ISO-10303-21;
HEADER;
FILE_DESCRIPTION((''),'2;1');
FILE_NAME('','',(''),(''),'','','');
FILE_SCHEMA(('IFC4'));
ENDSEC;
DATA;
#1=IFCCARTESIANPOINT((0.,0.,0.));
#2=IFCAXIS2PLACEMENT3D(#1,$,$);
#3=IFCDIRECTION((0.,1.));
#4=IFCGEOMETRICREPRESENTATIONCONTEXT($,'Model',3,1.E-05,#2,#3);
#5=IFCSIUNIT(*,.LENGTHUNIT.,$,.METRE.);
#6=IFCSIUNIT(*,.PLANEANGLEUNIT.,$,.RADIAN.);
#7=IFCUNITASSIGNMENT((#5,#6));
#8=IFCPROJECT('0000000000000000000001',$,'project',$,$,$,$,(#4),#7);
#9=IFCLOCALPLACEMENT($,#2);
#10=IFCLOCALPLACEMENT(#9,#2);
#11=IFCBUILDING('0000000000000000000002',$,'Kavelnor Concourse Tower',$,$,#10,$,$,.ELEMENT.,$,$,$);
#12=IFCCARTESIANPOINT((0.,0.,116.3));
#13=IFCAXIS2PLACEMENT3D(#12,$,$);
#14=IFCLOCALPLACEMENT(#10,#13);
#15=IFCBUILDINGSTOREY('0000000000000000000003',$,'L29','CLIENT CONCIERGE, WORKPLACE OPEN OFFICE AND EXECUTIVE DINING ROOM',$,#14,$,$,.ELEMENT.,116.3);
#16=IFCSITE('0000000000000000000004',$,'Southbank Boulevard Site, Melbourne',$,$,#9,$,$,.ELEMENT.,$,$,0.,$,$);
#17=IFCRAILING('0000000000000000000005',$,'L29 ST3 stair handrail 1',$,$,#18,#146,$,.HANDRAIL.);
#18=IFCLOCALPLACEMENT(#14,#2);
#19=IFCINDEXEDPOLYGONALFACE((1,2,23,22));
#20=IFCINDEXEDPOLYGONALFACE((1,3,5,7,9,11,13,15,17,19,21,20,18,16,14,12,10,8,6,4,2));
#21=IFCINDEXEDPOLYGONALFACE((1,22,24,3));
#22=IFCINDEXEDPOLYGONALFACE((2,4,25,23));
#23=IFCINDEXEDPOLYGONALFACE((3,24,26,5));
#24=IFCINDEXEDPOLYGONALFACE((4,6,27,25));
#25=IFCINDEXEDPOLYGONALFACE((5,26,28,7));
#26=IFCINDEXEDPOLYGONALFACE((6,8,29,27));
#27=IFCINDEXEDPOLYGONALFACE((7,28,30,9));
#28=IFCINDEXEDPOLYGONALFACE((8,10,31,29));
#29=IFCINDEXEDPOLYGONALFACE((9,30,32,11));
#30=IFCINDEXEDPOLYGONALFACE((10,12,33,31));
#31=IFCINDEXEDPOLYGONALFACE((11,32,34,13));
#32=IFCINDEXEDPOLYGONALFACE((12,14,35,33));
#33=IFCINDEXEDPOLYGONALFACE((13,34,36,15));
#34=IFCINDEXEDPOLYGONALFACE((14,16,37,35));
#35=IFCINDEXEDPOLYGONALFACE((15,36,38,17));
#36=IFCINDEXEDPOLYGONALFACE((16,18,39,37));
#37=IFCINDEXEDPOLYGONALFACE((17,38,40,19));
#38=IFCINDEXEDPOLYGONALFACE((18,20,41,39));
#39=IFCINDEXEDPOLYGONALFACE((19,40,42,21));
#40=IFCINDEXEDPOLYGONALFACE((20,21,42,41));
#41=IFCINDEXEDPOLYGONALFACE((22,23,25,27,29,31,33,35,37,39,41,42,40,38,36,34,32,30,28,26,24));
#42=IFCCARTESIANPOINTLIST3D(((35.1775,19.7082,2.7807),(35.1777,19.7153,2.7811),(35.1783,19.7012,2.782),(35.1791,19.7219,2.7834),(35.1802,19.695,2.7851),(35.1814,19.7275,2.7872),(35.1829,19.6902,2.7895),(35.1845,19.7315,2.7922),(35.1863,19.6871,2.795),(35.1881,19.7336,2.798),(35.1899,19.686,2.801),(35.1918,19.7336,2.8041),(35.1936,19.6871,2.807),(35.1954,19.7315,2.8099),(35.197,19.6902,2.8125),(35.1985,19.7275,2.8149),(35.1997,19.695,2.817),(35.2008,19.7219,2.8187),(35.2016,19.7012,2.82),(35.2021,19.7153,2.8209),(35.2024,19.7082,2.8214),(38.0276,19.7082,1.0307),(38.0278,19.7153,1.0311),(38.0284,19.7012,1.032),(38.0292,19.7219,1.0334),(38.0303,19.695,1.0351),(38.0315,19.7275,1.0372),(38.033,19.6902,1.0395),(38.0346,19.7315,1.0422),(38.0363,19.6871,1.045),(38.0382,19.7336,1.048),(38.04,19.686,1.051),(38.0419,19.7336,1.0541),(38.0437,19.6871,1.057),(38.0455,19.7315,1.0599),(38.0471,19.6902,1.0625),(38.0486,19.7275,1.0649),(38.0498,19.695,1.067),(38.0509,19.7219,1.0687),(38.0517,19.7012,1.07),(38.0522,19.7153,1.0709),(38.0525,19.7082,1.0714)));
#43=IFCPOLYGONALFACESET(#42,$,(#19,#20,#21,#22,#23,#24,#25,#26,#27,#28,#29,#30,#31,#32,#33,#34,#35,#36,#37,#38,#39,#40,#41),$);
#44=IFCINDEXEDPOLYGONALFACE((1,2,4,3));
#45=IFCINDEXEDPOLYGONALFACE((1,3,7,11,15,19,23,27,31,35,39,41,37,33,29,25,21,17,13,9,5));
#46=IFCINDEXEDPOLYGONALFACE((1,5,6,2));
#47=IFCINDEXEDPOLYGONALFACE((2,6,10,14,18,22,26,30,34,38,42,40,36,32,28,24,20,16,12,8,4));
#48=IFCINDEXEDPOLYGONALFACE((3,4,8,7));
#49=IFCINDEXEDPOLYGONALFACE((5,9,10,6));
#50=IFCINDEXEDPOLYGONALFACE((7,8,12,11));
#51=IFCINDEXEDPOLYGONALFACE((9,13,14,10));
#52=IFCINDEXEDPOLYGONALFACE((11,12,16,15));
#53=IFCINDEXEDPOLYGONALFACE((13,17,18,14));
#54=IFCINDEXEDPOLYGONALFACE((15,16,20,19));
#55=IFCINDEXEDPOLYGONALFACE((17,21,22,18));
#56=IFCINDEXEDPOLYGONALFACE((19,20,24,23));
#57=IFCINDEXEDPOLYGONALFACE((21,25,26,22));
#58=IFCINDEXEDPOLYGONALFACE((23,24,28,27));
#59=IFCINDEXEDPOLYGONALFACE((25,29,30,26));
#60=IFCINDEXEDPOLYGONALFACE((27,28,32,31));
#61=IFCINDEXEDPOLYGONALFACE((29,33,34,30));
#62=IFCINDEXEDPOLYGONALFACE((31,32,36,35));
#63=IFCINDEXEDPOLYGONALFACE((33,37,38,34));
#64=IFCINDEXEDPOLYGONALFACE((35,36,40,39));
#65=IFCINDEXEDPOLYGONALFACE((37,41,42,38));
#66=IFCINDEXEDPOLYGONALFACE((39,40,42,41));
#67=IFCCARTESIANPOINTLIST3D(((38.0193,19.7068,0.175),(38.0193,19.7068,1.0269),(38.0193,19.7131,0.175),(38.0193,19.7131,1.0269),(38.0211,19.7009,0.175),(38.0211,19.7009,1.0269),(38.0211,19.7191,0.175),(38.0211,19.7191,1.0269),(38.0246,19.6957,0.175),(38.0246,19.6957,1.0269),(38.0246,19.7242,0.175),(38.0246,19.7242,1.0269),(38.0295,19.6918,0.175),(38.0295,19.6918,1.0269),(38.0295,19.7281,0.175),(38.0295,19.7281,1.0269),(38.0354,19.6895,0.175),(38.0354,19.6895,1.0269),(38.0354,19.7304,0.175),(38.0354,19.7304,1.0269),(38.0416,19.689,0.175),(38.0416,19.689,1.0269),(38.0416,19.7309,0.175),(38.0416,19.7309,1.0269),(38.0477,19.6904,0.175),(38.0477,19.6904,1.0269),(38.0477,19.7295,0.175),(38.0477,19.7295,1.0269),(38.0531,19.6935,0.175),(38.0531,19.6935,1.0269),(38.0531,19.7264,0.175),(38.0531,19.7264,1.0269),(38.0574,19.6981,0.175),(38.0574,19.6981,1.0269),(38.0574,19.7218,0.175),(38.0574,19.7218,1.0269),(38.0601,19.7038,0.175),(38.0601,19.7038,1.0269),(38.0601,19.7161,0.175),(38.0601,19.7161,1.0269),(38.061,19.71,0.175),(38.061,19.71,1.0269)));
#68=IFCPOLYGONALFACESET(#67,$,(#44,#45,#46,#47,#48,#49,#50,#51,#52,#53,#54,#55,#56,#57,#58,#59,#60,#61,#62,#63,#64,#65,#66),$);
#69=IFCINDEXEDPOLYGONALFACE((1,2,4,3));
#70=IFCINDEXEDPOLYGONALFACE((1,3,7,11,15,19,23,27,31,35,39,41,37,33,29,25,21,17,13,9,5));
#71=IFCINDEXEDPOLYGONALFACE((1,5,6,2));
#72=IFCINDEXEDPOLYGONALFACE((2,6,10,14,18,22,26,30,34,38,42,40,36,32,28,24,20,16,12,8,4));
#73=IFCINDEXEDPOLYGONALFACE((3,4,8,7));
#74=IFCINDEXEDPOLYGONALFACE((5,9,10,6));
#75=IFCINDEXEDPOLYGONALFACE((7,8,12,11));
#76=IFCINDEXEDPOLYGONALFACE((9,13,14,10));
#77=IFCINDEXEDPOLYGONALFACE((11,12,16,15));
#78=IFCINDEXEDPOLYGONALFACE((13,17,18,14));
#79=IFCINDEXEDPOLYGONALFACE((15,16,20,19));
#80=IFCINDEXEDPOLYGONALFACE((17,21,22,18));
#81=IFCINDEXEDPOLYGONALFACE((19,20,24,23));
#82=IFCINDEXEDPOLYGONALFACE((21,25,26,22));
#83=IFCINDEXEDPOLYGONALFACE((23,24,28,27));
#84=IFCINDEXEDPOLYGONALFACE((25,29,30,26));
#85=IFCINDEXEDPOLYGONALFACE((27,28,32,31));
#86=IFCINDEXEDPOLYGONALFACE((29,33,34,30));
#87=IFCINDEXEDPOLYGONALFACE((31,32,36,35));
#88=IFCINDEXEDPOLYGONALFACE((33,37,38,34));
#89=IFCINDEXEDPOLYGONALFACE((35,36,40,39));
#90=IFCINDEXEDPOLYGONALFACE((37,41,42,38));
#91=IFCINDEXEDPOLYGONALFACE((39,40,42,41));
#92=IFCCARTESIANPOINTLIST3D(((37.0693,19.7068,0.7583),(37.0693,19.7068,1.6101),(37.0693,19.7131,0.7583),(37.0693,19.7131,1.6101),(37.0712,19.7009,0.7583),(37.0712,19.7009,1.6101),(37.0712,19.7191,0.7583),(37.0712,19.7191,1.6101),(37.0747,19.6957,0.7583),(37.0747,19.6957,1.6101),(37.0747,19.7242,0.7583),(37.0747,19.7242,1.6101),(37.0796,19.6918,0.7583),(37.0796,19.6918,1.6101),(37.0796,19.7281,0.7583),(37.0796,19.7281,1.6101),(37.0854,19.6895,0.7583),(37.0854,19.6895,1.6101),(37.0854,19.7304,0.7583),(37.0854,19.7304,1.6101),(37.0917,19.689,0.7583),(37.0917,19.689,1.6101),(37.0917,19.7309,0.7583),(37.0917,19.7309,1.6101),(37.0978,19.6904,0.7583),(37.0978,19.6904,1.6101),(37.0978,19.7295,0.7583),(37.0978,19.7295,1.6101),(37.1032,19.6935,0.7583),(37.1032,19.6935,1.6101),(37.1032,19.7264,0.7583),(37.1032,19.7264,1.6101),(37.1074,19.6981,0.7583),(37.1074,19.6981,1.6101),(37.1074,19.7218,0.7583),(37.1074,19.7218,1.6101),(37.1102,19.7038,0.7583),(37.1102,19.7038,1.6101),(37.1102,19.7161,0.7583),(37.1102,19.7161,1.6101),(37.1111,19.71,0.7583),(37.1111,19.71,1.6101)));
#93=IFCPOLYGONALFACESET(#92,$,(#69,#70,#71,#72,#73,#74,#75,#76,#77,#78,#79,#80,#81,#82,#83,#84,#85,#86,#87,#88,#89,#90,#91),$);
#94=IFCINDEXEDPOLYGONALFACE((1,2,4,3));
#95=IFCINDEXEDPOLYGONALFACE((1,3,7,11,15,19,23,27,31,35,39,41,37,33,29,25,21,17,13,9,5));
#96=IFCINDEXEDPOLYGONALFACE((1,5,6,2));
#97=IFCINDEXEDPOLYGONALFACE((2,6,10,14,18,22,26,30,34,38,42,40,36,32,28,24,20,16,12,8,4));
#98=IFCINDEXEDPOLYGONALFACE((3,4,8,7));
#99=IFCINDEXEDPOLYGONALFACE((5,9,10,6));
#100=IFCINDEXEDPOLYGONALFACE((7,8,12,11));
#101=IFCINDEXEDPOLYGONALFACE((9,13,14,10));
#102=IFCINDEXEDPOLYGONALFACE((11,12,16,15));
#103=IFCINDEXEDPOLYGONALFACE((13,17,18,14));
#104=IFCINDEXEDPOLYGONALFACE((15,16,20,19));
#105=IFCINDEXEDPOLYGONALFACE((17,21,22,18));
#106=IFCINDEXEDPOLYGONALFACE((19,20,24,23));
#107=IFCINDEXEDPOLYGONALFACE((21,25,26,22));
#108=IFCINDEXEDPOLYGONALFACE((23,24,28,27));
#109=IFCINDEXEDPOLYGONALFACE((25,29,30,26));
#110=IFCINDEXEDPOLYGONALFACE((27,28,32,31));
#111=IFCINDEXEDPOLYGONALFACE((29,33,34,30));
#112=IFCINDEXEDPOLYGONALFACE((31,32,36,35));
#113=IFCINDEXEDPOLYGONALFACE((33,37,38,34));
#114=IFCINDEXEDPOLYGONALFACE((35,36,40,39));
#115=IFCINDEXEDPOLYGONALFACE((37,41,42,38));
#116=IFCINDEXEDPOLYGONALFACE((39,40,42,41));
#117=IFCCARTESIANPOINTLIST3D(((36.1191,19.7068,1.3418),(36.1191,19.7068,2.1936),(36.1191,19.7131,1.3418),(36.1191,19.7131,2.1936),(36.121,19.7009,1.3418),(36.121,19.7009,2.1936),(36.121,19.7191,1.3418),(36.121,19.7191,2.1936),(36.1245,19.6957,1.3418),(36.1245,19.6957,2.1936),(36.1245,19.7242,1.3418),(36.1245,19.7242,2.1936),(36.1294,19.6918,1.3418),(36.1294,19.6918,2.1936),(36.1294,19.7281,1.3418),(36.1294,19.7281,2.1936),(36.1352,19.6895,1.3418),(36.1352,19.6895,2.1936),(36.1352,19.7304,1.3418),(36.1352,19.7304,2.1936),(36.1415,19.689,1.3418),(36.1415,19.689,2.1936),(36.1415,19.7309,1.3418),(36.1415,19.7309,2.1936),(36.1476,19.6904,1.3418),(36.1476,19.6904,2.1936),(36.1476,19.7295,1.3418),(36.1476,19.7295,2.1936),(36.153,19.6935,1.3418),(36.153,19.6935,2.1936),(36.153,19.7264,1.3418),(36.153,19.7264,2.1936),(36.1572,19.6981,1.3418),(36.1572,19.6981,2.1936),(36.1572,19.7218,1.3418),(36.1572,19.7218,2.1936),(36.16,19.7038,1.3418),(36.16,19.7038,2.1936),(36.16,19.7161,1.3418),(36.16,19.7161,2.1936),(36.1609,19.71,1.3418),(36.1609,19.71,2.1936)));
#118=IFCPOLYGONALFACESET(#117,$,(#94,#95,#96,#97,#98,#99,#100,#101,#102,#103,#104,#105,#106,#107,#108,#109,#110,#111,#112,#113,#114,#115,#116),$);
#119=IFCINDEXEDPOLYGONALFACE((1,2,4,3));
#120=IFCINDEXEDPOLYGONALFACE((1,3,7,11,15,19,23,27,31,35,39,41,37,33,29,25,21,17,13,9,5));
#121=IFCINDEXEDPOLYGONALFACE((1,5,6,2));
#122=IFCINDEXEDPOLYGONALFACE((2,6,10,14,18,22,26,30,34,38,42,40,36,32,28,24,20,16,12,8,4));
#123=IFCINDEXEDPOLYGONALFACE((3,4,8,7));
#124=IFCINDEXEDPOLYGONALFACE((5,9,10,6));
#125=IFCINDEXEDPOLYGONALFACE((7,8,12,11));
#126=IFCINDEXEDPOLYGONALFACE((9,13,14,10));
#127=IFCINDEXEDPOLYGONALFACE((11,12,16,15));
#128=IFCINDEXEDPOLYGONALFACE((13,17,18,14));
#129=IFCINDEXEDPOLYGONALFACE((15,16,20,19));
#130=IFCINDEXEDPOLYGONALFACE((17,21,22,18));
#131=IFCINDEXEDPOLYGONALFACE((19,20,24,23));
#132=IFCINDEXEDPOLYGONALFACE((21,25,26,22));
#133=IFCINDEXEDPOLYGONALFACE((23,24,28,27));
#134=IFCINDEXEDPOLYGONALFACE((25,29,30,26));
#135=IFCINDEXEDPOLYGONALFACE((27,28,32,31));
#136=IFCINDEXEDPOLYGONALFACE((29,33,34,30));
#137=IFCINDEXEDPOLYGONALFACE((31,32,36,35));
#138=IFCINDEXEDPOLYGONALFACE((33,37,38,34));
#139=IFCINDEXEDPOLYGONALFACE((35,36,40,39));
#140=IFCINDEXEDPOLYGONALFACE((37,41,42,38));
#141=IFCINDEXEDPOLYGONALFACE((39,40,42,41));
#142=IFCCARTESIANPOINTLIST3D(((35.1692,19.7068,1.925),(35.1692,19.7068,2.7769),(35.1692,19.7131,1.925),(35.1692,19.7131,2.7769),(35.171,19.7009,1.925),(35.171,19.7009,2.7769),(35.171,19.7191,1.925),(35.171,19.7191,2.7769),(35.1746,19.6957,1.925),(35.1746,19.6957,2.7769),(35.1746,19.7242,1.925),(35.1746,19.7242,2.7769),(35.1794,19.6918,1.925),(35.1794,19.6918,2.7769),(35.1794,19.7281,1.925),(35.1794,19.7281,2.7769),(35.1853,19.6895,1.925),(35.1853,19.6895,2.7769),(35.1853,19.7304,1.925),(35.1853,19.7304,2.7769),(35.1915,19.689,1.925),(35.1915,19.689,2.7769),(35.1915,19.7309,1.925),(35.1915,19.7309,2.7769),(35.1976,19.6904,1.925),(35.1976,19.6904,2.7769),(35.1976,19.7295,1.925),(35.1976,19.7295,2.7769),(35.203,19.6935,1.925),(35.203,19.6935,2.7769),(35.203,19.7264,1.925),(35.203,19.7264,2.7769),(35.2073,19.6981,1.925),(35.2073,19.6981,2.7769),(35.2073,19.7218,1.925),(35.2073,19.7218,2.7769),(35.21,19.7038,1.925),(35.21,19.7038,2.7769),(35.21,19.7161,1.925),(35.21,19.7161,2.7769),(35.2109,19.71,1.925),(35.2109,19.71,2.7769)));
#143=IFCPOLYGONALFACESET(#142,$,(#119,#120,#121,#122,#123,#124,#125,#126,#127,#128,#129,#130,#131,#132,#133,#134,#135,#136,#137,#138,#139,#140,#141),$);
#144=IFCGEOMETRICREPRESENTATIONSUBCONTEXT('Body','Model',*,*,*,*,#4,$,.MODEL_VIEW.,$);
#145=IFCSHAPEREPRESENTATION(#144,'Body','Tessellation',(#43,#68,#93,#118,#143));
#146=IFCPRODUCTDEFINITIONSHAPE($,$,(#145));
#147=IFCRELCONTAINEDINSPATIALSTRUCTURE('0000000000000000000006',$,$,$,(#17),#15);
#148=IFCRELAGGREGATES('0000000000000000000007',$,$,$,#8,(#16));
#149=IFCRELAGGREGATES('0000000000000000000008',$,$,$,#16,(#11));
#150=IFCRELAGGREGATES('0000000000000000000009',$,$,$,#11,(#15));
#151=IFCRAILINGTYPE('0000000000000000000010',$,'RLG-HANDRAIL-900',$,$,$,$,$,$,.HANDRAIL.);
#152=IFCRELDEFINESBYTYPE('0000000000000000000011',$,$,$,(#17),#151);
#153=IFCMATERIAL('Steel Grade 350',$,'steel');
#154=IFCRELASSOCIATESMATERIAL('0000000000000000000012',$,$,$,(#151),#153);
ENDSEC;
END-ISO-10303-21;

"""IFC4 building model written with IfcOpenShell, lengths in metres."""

from ifc_helpers import new_model, si_unit, direction, frame, origin, origin_2d, place, context, subcontext, project, spatial, circle, extrude, material, type_object, element, save


model = new_model("IFC4")

# Units and contexts
model_context = context("Model", 3, precision=1e-05, world=origin(), true_north=direction((0.0, 1.0)))
body_context = subcontext(model_context, "Body", "Model", "MODEL_VIEW")
ifc_project = project(units=[si_unit("LENGTHUNIT", "METRE"), si_unit("PLANEANGLEUNIT", "RADIAN")], contexts=[model_context])

# Site, building, storey
site_placement = place(None, origin())
site = spatial("IfcSite", under=ifc_project, at=site_placement, Name="Southbank Boulevard Site, Melbourne", CompositionType="ELEMENT", RefElevation=0.0)
building_placement = place(site_placement, origin())
building = spatial("IfcBuilding", under=site, at=building_placement, Name="Kavelnor Concourse Tower", CompositionType="ELEMENT")
storey_placement = place(building_placement, frame((0.0, 0.0, 116.3)))
storey = spatial("IfcBuildingStorey", under=building, at=storey_placement, Name="L29", Description="CLIENT CONCIERGE, WORKPLACE OPEN OFFICE AND EXECUTIVE DINING ROOM", CompositionType="ELEMENT", Elevation=116.3)

# Shared definitions
ifc_material_1 = material(Name="Steel Grade 350", Category="steel")

# Railing
railing_type_1 = type_object("IfcRailingType", Name="RLG-HANDRAIL-900", PredefinedType="HANDRAIL", material=ifc_material_1)
railing_1_placement = place(storey_placement, frame((38.04, 19.71, 0.175)))
element("IfcRailing", 1, at=railing_1_placement, inside=storey, type_object=railing_type_1, Name="L29 ST3 stair handrail 1", PredefinedType="HANDRAIL", context=body_context, shape_type="SweptSolid", body=[
    extrude(circle(Radius=0.0239, at=origin_2d()), frame((0.0, 0.0, 0.876), z_axis=(-0.852179, 0.0, 0.52325), x_axis=(0.0, -1.0, 0.0)), (0.0, 0.0, 1.0), 3.3445),
    extrude(circle(Radius=0.021, at=origin_2d()), origin(), (0.0, 0.0, 1.0), 0.8518),
    extrude(circle(Radius=0.021, at=origin_2d()), frame((-0.95, 0.0, 0.5833)), (0.0, 0.0, 1.0), 0.8518),
    extrude(circle(Radius=0.021, at=origin_2d()), frame((-1.9001, 0.0, 1.1667)), (0.0, 0.0, 1.0), 0.8518),
    extrude(circle(Radius=0.021, at=origin_2d()), frame((-2.8501, 0.0, 1.75)), (0.0, 0.0, 1.0), 0.8518),
])

save(model, "model.ifc")
